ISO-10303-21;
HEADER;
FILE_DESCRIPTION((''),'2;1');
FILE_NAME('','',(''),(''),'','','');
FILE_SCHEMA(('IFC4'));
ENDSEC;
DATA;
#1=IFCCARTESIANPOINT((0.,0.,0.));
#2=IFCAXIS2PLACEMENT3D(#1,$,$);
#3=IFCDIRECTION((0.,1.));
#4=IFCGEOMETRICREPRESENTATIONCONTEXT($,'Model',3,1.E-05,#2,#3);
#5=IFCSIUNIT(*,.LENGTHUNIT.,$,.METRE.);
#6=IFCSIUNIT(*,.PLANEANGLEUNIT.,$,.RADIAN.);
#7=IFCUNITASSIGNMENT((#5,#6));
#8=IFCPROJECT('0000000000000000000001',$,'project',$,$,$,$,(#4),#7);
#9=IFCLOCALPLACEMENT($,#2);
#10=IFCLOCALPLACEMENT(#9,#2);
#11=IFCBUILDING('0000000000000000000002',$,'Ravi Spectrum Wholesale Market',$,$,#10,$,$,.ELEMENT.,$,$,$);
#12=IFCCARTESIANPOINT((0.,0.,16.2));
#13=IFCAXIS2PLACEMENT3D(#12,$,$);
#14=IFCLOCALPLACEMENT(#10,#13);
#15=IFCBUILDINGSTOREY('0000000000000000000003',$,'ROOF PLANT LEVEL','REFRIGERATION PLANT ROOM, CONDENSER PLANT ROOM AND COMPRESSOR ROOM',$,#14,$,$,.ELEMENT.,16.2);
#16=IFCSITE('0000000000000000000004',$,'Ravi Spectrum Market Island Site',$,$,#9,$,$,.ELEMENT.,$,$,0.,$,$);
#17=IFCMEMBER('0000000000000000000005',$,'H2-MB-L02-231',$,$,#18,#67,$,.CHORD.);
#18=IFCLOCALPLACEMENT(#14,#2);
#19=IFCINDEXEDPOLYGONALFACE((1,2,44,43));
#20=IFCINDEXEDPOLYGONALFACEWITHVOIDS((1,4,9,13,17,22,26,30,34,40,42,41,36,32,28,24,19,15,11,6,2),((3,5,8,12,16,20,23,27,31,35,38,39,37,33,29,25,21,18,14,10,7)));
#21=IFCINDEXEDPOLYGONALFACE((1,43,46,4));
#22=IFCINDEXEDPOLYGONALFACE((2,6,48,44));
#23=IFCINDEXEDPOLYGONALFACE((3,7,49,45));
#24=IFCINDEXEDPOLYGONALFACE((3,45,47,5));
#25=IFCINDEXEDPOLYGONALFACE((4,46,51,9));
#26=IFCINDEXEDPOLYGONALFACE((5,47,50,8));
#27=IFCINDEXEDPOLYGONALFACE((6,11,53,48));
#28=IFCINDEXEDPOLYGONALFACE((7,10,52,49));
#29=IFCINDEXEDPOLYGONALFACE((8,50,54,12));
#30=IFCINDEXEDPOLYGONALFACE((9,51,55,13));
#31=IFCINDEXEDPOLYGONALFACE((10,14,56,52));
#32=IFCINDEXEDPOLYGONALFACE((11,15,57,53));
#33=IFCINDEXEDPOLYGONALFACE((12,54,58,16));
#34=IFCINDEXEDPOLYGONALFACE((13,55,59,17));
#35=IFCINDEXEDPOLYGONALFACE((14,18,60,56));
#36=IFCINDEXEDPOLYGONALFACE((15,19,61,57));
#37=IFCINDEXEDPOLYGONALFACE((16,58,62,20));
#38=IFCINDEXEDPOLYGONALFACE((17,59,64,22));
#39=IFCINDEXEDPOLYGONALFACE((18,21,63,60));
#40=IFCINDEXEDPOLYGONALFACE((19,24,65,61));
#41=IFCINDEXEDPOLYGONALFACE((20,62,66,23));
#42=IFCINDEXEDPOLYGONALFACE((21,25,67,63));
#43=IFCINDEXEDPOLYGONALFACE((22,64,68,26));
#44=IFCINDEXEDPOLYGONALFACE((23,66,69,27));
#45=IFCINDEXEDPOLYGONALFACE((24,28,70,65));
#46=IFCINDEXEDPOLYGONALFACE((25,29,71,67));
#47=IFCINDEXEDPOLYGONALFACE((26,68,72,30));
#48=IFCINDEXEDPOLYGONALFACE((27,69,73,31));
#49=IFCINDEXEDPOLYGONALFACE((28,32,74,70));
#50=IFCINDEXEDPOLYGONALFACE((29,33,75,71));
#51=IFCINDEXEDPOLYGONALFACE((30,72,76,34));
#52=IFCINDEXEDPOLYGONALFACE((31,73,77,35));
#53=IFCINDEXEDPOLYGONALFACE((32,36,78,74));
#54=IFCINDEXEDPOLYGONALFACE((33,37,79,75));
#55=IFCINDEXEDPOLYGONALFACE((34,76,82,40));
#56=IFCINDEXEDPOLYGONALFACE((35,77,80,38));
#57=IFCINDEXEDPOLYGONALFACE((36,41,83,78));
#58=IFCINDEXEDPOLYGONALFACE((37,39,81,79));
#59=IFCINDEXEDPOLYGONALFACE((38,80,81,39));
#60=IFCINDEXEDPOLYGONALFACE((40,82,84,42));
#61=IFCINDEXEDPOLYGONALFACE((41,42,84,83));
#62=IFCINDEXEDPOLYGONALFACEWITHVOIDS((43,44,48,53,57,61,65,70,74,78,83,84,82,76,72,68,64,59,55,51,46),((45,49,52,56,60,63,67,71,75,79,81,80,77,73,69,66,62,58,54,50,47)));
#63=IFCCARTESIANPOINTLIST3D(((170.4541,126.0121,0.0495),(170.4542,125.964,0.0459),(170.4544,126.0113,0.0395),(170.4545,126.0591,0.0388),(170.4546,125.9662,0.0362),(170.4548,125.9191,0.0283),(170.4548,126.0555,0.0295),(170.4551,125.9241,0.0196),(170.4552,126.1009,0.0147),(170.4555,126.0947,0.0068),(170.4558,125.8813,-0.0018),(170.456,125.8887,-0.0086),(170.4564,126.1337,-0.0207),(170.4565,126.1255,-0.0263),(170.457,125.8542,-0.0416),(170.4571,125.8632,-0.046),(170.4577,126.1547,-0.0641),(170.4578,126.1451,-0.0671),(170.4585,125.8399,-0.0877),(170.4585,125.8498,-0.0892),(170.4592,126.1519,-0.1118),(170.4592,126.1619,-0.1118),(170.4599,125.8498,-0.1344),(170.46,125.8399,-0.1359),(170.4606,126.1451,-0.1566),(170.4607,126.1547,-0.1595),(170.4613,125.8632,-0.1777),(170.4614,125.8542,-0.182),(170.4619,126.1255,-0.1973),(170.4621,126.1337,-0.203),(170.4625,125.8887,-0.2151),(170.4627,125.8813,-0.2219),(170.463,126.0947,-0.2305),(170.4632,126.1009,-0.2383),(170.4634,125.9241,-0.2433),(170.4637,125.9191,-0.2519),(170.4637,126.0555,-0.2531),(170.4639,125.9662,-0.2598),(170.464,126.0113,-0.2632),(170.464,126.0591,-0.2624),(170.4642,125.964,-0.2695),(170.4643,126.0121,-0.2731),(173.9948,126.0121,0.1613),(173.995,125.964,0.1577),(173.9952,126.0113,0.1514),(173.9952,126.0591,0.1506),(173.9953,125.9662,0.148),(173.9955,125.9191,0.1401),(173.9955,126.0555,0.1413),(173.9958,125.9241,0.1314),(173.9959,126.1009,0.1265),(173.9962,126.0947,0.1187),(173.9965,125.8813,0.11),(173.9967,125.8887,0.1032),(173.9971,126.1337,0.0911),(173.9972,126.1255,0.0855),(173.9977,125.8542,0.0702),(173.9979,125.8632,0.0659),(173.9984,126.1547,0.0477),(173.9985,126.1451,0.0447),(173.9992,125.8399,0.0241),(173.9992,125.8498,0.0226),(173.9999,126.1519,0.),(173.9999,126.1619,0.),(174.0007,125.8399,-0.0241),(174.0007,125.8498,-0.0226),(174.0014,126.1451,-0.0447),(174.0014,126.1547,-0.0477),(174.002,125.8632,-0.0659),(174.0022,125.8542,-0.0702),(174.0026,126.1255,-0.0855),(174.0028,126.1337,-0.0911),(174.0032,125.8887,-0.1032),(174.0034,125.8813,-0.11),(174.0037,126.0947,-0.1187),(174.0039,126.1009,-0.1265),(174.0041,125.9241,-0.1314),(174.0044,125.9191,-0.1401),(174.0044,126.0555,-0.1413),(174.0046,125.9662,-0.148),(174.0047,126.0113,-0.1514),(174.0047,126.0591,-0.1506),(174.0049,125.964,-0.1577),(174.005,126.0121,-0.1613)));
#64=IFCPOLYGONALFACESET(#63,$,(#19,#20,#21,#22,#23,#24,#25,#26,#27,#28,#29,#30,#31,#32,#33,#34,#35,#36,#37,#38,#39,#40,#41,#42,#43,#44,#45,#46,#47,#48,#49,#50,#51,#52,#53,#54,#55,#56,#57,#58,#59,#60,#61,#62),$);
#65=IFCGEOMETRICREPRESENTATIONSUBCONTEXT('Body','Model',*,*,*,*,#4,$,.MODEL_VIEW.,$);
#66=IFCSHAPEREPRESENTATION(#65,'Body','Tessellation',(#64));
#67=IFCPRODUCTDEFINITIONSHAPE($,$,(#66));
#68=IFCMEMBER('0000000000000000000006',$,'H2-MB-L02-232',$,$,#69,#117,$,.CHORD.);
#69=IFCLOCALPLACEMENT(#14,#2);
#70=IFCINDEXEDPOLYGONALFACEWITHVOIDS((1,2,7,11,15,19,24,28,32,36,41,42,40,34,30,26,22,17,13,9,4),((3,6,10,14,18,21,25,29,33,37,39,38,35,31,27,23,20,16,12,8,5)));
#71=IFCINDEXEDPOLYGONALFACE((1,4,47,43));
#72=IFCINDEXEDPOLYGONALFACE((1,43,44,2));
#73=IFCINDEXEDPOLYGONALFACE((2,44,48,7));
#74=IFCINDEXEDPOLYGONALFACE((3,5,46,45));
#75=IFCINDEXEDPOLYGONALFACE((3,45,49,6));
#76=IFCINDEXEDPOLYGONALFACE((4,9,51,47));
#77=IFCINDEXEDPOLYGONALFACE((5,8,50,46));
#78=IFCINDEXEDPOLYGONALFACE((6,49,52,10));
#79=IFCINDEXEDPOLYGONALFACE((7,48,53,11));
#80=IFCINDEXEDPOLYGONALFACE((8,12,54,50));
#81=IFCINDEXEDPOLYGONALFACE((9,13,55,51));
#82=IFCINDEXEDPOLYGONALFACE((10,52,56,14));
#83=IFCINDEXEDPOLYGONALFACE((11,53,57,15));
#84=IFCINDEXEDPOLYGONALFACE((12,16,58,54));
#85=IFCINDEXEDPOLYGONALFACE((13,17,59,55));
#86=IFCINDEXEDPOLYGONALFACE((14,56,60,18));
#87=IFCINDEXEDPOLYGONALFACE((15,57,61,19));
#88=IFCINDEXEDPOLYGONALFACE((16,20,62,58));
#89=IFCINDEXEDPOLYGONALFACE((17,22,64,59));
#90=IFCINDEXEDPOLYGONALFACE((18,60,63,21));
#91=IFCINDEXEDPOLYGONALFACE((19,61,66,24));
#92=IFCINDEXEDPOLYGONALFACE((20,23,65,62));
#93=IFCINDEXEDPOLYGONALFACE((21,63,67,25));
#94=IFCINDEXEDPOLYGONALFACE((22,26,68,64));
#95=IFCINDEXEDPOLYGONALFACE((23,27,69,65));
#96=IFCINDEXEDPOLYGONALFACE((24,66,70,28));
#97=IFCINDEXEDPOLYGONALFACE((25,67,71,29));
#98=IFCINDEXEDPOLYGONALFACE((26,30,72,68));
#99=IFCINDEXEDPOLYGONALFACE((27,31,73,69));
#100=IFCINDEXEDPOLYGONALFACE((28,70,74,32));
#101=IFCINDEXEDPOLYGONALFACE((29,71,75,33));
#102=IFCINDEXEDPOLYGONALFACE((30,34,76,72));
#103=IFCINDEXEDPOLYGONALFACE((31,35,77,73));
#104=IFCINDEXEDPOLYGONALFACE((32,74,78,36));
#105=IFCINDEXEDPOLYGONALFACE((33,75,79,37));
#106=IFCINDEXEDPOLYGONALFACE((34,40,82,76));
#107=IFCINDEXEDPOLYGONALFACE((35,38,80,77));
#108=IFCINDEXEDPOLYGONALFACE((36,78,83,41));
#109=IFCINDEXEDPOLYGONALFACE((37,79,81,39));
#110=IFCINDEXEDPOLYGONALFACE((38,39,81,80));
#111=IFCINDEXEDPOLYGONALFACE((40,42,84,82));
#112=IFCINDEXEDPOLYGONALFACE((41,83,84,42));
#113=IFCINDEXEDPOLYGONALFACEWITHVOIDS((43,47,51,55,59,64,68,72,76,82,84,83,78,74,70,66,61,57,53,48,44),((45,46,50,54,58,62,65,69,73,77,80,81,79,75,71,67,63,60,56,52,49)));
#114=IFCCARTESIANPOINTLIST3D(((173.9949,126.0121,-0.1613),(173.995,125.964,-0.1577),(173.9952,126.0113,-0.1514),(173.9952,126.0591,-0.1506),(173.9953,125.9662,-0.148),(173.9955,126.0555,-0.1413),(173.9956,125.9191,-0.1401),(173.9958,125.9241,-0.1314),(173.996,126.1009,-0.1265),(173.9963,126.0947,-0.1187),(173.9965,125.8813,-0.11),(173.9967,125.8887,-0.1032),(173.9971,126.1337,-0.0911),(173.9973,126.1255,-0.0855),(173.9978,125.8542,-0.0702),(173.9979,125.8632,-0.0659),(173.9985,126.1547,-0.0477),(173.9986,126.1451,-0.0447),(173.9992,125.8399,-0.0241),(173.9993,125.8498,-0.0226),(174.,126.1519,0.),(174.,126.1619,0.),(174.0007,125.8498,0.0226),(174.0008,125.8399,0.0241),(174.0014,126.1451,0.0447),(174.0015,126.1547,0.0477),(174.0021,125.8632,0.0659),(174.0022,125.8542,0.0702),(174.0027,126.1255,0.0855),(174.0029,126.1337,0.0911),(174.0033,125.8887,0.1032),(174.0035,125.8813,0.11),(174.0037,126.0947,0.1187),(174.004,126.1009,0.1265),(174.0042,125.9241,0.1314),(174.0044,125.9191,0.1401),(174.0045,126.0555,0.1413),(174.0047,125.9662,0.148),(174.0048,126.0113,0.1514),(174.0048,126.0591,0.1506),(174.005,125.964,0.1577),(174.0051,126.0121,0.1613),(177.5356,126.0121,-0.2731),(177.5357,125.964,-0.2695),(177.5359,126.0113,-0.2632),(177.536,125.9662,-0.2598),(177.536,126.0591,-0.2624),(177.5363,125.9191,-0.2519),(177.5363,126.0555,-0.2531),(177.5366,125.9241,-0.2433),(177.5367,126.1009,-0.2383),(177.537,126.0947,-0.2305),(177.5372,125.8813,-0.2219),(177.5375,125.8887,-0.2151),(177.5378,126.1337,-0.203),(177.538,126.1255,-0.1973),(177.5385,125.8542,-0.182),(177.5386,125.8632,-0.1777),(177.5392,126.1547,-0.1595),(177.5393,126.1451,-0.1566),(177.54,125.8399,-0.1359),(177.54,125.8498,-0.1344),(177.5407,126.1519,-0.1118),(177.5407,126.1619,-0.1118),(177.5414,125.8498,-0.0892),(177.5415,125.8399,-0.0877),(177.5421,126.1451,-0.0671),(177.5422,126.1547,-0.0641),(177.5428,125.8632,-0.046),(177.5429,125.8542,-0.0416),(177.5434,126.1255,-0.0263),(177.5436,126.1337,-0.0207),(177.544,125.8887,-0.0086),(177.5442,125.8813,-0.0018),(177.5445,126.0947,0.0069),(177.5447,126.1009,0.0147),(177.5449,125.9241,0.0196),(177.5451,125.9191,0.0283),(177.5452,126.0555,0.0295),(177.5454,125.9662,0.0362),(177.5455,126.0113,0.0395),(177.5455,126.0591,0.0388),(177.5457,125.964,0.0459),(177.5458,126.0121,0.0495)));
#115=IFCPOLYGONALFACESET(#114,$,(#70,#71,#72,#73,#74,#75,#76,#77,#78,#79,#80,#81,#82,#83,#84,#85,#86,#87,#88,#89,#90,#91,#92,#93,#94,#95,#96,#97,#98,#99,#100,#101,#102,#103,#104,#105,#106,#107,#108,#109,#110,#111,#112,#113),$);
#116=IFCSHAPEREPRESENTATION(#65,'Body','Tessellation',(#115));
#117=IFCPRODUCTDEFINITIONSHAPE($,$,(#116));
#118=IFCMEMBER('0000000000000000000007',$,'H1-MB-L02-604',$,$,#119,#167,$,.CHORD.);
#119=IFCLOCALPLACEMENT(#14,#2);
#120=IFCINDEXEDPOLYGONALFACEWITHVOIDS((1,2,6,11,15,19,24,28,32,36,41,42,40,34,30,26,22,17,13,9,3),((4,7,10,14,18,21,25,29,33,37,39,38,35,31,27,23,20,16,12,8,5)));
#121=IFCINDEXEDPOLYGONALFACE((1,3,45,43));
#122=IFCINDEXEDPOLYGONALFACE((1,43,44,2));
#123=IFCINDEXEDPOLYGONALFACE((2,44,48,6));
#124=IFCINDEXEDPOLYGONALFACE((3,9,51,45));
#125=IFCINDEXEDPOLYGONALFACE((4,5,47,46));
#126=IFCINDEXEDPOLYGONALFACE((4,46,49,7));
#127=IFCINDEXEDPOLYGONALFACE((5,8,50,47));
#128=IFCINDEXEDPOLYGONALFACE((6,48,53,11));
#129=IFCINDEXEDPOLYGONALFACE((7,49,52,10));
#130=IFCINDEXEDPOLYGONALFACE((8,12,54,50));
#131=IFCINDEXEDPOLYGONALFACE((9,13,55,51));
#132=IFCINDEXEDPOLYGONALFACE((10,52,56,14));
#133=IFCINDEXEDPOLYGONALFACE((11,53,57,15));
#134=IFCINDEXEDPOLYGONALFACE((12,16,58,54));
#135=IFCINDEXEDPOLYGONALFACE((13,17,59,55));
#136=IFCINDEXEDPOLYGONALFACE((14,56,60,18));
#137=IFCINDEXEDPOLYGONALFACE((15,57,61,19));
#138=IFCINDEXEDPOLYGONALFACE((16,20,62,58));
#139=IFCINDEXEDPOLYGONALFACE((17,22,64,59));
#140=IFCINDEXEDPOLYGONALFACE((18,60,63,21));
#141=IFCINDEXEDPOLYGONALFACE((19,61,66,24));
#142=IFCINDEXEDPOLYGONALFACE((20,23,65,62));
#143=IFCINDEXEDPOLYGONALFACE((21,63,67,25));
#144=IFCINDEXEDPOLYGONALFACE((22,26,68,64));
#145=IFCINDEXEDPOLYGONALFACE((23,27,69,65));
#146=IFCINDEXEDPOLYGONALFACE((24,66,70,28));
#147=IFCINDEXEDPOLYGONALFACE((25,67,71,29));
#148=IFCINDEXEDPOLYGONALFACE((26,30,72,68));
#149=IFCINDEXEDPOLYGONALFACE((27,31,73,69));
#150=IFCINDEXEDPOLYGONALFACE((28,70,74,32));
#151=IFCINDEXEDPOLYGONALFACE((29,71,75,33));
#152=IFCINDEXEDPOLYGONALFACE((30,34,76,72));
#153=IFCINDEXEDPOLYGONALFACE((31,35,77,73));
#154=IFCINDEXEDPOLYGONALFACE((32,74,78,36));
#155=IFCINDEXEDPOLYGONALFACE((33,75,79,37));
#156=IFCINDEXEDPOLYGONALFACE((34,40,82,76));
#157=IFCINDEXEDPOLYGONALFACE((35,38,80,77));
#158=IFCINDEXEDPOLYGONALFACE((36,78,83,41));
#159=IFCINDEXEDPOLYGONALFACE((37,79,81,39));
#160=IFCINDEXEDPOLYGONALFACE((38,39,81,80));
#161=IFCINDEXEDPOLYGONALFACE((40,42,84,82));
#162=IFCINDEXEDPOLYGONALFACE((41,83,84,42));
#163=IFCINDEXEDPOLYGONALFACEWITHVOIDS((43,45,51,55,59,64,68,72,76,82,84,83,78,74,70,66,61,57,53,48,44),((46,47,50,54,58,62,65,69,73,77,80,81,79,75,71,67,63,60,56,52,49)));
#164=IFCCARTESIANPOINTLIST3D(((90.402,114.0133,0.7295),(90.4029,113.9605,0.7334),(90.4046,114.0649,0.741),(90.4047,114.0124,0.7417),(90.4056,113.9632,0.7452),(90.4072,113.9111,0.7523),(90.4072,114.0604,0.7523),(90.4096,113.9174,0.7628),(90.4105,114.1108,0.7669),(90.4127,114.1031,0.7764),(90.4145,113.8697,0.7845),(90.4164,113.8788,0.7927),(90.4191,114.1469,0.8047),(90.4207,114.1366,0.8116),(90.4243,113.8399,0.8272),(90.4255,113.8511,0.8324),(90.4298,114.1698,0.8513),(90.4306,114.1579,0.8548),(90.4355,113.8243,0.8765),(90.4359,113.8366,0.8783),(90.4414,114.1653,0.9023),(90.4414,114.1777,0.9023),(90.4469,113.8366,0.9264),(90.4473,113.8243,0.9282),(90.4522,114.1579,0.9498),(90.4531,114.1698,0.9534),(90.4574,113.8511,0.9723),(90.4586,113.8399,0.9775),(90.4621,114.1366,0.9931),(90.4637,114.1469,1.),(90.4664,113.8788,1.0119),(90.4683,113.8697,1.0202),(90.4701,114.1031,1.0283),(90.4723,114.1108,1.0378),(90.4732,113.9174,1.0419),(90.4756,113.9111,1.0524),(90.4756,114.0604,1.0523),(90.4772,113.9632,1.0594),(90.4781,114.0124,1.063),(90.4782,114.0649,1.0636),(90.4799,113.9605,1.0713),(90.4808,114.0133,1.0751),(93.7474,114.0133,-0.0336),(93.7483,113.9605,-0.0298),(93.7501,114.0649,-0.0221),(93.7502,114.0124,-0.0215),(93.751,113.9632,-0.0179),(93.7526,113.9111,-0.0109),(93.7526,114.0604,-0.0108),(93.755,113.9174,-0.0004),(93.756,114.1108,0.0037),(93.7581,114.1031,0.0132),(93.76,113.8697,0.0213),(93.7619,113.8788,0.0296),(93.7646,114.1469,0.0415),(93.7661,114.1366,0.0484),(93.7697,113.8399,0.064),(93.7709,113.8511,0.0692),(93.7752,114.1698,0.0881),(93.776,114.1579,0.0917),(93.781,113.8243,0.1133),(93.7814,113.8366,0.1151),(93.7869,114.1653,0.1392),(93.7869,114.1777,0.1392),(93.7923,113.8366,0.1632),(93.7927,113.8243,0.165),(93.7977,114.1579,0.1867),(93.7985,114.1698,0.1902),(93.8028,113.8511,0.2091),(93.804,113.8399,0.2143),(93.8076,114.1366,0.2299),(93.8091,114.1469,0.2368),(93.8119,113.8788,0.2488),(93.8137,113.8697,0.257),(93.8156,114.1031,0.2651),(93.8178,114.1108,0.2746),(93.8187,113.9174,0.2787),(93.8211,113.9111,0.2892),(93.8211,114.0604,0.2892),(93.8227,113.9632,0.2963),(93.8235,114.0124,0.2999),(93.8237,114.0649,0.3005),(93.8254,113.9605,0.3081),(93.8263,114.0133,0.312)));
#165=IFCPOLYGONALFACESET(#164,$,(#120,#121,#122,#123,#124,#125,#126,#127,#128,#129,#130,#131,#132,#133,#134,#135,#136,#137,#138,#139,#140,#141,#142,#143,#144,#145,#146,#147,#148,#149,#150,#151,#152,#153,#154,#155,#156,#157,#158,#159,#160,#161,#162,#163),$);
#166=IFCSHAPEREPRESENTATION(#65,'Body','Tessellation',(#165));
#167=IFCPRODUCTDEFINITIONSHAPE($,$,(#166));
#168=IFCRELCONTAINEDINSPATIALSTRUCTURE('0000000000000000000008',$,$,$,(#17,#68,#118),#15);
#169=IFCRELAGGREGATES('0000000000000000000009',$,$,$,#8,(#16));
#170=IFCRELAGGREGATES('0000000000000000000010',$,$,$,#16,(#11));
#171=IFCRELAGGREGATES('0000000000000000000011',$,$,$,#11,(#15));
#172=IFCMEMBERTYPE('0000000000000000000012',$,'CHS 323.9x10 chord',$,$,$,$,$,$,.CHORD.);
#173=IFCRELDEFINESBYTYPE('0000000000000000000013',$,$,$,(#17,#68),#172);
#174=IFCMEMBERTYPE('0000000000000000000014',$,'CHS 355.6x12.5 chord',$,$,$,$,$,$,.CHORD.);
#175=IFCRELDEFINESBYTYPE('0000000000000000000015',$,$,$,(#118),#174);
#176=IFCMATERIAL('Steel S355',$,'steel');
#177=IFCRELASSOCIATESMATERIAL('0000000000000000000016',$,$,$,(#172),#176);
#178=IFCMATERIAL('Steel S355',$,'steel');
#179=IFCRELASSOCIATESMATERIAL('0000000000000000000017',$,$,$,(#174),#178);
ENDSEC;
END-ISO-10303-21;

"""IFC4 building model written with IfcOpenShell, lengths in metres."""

from ifc_helpers import new_model, si_unit, direction, frame, origin, origin_2d, place, context, subcontext, project, spatial, hollow_circle, extrude, material, material_profile, profile_set, type_object, element, save


model = new_model("IFC4")

# Units and contexts
model_context = context("Model", 3, precision=1e-05, world=origin(), true_north=direction((0.0, 1.0)))
body_context = subcontext(model_context, "Body", "Model", "MODEL_VIEW")
ifc_project = project(units=[si_unit("LENGTHUNIT", "METRE"), si_unit("PLANEANGLEUNIT", "RADIAN")], contexts=[model_context])

# Site, building, storey
site_placement = place(None, origin())
site = spatial("IfcSite", under=ifc_project, at=site_placement, Name="Ravi Spectrum Market Island Site", CompositionType="ELEMENT", RefElevation=0.0)
building_placement = place(site_placement, origin())
building = spatial("IfcBuilding", under=site, at=building_placement, Name="Ravi Spectrum Wholesale Market", CompositionType="ELEMENT")
storey_placement = place(building_placement, frame((0.0, 0.0, 16.2)))
storey = spatial("IfcBuildingStorey", under=building, at=storey_placement, Name="ROOF PLANT LEVEL", Description="REFRIGERATION PLANT ROOM, CONDENSER PLANT ROOM AND COMPRESSOR ROOM", CompositionType="ELEMENT", Elevation=16.2)

# Members
ifc_material_1 = material(Name="Steel S355", Category="steel")
ifc_material_profile_1 = material_profile(ifc_material_1, hollow_circle(Radius=0.1619, WallThickness=0.01, at=origin_2d()))
ifc_profile_set_1 = profile_set([ifc_material_profile_1], Name="Steel S355")
member_type_1 = type_object("IfcMemberType", Name="CHS 323.9x10 chord", PredefinedType="CHORD", material=ifc_profile_set_1)
for number, where, z_axis, x_axis, name in (
    (1, (170.4592, 126.0, -0.1118), (0.999502, 0.0, 0.031564), (0.0, 1.0, 0.0), "H2-MB-L02-231"),
    (2, (174.0, 126.0, 0.0), (0.999502, 0.0, -0.031564), (0.0, 1.0, 0.0), "H2-MB-L02-232"),
):
    element("IfcMember", number, at=place(storey_placement, frame(where, z_axis=z_axis, x_axis=x_axis)), inside=storey, type_object=member_type_1, Name=name, PredefinedType="CHORD", context=body_context, shape_type="SweptSolid", body=[
        extrude(hollow_circle(Radius=0.1619, WallThickness=0.01, at=origin_2d()), origin(), (0.0, 0.0, 1.0), 3.5425),
    ])
ifc_material_2 = material(Name="Steel S355", Category="steel")
ifc_material_profile_2 = material_profile(ifc_material_2, hollow_circle(Radius=0.1777, WallThickness=0.0125, at=origin_2d()))
ifc_profile_set_2 = profile_set([ifc_material_profile_2], Name="Steel S355")
member_type_2 = type_object("IfcMemberType", Name="CHS 355.6x12.5 chord", PredefinedType="CHORD", material=ifc_profile_set_2)
for number, where, z_axis, x_axis, name in (
    (3, (90.4414, 114.0, 0.9023), (0.974953, 0.0, -0.222411), (0.0, 1.0, 0.0), "H1-MB-L02-604"),
):
    element("IfcMember", number, at=place(storey_placement, frame(where, z_axis=z_axis, x_axis=x_axis)), inside=storey, type_object=member_type_2, Name=name, PredefinedType="CHORD", context=body_context, shape_type="SweptSolid", body=[
        extrude(hollow_circle(Radius=0.1777, WallThickness=0.0125, at=origin_2d()), origin(), (0.0, 0.0, 1.0), 3.4314),
    ])

save(model, "model.ifc")
